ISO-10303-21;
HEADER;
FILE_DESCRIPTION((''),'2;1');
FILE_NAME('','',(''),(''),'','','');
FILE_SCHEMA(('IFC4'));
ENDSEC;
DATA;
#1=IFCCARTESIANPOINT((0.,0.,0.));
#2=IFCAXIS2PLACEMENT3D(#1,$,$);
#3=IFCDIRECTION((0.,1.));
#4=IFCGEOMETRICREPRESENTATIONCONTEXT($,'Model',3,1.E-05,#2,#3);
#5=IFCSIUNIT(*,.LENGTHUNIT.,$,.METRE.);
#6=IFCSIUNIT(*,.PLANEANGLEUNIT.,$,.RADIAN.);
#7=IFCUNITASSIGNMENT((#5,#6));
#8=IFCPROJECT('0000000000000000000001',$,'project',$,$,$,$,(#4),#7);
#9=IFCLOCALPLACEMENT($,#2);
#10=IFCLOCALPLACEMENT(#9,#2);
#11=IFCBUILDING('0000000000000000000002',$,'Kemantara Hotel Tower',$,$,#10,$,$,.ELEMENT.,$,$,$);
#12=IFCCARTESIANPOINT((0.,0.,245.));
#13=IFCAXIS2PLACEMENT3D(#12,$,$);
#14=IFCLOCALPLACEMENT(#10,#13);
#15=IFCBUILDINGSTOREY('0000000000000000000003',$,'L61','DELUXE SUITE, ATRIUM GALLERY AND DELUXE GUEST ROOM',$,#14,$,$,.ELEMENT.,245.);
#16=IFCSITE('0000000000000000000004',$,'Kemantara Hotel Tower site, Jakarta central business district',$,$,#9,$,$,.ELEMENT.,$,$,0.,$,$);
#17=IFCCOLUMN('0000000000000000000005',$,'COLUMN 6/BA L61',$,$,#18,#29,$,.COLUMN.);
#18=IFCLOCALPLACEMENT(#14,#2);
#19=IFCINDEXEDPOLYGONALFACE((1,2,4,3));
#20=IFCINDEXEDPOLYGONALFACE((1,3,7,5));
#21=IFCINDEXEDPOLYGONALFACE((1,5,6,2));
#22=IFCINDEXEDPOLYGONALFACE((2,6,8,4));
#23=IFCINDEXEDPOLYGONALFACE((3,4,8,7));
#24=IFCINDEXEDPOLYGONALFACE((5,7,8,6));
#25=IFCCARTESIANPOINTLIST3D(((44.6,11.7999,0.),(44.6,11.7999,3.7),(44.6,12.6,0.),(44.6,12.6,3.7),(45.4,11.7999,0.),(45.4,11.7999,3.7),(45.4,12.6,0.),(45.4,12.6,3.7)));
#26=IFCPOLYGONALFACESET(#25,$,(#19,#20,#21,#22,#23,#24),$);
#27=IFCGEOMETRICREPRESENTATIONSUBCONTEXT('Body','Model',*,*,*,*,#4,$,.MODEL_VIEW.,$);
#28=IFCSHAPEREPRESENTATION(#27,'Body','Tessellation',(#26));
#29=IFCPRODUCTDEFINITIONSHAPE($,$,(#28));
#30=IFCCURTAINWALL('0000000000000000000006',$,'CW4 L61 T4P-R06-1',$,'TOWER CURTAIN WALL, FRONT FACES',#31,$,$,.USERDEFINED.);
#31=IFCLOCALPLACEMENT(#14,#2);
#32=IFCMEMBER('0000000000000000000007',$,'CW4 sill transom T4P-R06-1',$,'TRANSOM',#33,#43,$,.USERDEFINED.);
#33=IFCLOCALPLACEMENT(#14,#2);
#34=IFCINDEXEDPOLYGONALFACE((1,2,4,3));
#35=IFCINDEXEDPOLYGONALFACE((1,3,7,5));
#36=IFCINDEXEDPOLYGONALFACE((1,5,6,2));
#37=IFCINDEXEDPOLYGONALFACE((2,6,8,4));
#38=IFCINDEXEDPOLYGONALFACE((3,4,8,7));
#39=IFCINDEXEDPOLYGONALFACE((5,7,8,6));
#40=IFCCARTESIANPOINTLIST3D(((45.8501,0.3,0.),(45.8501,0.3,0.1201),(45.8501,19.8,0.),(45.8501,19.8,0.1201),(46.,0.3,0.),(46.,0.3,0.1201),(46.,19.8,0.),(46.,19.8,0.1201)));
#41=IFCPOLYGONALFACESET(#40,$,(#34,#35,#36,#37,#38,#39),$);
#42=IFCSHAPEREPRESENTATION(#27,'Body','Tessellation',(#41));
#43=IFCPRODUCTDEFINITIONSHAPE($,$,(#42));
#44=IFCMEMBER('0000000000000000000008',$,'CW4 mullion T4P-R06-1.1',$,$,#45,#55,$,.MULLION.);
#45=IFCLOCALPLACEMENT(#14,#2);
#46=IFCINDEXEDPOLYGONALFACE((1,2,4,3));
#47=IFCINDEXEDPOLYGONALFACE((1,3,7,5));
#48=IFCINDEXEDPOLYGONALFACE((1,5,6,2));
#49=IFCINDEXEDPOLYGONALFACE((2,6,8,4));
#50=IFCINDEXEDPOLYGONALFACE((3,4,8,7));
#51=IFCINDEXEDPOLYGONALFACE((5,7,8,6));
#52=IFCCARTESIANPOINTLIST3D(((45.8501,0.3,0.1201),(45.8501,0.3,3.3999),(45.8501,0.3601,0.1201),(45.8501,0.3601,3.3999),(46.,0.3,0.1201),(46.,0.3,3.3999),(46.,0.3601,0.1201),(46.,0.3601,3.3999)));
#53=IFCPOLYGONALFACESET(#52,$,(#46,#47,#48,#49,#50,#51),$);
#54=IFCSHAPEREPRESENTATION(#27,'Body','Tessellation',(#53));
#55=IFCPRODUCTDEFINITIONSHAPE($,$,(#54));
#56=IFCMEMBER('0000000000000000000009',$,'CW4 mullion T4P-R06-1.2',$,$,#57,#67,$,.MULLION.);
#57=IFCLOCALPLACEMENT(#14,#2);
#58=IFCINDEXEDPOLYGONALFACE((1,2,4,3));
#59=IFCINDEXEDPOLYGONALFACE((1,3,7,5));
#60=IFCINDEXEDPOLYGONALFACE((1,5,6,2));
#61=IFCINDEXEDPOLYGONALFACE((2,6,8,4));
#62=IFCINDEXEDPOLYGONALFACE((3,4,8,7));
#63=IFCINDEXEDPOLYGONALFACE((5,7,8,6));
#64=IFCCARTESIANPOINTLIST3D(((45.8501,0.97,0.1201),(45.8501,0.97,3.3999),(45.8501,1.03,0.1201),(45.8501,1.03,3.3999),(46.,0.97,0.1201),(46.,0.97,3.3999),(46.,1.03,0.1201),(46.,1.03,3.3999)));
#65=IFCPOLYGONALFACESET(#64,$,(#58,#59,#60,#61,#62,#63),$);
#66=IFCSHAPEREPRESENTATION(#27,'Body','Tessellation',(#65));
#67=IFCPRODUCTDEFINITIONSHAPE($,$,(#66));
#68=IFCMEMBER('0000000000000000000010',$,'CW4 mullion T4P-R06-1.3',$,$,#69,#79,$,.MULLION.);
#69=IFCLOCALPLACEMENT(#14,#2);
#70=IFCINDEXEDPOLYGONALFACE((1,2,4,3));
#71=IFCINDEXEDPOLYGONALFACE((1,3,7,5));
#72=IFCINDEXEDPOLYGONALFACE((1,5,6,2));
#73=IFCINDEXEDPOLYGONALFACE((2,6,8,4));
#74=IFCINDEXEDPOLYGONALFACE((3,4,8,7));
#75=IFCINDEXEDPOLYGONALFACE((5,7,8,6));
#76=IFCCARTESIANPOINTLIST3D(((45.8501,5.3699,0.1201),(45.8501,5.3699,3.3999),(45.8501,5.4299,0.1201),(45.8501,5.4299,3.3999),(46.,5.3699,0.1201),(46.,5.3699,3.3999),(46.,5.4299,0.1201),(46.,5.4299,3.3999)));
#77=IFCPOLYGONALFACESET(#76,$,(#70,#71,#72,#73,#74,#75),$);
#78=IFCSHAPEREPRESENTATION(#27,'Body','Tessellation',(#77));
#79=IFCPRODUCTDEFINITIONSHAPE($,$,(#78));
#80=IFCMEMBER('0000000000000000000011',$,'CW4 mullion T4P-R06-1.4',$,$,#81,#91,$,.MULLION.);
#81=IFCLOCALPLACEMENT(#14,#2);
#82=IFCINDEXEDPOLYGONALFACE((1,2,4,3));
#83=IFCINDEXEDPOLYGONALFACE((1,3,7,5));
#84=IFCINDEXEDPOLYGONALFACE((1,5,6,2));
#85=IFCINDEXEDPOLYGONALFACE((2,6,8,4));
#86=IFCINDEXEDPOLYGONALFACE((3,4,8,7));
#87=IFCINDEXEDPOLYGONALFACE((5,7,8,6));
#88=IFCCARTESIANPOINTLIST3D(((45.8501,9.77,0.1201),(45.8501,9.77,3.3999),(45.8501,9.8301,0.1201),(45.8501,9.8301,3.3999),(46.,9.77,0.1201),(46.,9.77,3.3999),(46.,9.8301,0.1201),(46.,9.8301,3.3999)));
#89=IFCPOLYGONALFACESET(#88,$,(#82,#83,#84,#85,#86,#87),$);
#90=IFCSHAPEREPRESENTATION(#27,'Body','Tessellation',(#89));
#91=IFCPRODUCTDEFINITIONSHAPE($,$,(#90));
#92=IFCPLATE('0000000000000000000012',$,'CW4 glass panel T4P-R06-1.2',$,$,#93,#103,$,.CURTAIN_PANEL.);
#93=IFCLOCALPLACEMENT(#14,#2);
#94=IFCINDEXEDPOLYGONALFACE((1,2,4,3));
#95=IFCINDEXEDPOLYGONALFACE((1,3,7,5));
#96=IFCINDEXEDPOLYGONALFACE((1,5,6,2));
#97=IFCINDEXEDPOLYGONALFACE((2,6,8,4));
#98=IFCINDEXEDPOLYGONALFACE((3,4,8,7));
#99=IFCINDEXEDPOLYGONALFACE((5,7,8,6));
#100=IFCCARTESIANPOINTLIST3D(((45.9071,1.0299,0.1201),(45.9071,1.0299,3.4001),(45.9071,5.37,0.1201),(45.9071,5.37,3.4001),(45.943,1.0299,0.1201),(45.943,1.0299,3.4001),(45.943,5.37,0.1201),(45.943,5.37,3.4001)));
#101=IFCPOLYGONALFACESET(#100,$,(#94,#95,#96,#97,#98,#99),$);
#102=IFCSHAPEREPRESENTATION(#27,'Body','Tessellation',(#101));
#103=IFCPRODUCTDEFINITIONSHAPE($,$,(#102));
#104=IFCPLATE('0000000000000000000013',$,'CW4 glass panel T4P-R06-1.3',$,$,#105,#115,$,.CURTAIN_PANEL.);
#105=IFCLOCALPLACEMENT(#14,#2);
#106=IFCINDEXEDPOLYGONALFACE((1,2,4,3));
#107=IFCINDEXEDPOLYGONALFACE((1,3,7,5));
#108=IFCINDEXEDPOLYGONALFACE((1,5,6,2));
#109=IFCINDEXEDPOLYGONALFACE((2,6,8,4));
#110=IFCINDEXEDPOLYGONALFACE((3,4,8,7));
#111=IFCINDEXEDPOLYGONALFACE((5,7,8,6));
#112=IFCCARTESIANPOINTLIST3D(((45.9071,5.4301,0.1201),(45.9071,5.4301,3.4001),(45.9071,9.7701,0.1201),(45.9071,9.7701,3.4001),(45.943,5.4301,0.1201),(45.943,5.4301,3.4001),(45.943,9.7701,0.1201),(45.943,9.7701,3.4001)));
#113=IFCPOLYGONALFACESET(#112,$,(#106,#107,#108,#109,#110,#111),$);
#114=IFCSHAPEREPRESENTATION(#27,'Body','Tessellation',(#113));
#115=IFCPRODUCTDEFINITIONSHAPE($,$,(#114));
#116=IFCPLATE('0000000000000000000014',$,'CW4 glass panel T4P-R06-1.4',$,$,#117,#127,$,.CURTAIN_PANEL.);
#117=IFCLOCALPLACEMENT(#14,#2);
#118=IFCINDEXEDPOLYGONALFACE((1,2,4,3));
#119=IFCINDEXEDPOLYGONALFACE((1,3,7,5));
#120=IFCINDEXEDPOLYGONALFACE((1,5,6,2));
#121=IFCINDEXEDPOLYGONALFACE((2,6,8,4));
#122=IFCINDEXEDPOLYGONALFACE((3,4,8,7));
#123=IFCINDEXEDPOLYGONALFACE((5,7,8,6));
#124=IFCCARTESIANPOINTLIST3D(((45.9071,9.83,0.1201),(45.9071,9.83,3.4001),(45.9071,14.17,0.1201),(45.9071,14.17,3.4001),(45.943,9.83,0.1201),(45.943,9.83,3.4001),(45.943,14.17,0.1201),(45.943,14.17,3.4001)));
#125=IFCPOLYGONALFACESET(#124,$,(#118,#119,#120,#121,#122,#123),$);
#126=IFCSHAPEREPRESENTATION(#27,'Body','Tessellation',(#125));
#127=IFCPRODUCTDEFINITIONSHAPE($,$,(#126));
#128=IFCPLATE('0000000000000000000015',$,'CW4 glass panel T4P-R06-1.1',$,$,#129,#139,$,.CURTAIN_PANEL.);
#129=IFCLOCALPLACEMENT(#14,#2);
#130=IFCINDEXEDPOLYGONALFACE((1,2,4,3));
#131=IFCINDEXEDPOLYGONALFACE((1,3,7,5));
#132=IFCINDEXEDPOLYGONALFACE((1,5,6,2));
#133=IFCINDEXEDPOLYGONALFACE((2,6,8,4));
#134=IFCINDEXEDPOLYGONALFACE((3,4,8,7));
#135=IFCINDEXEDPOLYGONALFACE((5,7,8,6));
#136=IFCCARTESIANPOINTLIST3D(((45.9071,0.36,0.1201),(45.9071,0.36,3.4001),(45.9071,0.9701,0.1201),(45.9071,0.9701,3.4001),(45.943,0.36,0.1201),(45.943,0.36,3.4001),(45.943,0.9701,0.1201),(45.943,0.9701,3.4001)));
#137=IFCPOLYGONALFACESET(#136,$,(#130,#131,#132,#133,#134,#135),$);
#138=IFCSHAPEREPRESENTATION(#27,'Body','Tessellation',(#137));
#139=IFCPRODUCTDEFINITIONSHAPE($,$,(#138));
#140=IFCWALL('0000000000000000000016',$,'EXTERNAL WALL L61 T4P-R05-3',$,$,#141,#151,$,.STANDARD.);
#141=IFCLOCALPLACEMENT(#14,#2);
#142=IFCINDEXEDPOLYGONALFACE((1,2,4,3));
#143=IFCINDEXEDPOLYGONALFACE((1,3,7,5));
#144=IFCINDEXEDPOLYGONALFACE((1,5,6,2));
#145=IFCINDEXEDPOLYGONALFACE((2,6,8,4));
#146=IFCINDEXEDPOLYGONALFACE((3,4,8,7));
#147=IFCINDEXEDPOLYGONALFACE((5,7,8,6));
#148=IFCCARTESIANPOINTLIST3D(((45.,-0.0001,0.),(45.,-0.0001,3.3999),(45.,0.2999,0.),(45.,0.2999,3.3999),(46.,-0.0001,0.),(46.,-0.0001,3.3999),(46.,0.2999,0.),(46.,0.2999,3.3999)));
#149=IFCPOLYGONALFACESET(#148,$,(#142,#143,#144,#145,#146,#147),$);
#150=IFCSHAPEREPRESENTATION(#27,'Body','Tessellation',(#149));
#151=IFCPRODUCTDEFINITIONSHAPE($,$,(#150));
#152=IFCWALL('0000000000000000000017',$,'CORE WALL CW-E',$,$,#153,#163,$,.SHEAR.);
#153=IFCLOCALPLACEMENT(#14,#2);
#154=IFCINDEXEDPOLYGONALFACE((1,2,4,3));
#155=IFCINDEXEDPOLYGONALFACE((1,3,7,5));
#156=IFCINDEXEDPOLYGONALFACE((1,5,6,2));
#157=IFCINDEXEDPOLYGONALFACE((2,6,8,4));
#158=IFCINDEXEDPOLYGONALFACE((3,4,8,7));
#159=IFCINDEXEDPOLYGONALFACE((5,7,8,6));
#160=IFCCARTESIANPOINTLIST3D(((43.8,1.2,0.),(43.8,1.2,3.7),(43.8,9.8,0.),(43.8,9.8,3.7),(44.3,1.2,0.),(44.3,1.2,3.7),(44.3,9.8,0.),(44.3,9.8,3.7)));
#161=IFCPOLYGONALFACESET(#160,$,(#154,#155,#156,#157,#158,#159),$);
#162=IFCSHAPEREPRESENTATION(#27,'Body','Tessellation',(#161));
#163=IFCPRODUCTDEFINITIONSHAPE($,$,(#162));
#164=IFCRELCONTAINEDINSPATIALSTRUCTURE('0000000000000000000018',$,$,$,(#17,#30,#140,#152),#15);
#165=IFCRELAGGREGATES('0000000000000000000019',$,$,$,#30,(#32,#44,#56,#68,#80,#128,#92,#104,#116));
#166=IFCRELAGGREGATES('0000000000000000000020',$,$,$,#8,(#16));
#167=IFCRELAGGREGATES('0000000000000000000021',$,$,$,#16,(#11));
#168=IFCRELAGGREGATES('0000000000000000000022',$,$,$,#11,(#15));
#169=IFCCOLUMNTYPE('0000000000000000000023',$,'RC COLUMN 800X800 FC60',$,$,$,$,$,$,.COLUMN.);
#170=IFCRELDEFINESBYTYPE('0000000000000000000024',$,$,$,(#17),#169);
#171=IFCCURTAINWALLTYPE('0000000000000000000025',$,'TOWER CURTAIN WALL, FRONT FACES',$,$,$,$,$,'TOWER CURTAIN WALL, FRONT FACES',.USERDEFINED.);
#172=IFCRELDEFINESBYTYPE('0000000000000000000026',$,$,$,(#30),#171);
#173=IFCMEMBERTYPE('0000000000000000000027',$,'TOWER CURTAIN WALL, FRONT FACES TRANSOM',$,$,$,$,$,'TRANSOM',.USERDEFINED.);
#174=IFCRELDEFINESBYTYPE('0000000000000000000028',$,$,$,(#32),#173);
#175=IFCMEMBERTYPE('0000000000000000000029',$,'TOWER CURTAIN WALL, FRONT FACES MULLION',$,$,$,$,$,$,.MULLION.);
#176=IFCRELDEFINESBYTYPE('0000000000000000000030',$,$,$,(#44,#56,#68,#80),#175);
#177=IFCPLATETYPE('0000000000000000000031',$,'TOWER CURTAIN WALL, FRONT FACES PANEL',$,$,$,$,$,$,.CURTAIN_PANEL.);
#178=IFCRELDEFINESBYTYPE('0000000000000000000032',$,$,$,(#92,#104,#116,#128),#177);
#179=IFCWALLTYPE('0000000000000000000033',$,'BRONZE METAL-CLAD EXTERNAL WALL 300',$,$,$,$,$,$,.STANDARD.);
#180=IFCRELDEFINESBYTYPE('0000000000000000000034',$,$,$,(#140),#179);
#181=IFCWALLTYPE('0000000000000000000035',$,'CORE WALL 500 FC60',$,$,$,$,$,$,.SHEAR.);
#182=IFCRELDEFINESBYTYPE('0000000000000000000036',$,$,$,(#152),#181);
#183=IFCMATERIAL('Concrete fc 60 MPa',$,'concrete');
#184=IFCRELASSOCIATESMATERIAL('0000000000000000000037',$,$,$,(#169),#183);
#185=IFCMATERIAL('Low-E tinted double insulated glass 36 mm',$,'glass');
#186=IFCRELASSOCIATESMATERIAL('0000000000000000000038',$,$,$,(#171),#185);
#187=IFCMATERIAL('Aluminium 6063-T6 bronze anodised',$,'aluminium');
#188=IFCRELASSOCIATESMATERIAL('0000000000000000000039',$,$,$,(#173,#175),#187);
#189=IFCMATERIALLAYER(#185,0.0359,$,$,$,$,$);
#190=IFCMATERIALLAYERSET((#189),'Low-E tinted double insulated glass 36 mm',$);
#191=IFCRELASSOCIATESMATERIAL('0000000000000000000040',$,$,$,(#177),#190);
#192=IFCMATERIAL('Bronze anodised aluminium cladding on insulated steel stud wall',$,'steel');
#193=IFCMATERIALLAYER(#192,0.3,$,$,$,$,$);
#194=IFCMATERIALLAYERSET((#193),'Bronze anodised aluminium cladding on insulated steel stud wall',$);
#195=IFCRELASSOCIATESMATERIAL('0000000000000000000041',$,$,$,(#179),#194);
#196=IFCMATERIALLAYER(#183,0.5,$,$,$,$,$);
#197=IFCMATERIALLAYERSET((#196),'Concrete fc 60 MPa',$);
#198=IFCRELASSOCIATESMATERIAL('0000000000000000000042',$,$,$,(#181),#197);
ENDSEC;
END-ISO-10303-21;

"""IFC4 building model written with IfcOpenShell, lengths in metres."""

from ifc_helpers import new_model, si_unit, direction, frame, frame_2d, origin, origin_2d, place, context, subcontext, project, spatial, rectangle, extrude, source, transform, mapped, material, layer, layer_set, material_profile, profile_set, type_object, element, aggregate, save


model = new_model("IFC4")

# Units and contexts
model_context = context("Model", 3, precision=1e-05, world=origin(), true_north=direction((0.0, 1.0)))
body_context = subcontext(model_context, "Body", "Model", "MODEL_VIEW")
ifc_project = project(units=[si_unit("LENGTHUNIT", "METRE"), si_unit("PLANEANGLEUNIT", "RADIAN")], contexts=[model_context])

# Site, building, storey
site_placement = place(None, origin())
site = spatial("IfcSite", under=ifc_project, at=site_placement, Name="Kemantara Hotel Tower site, Jakarta central business district", CompositionType="ELEMENT", RefElevation=0.0)
building_placement = place(site_placement, origin())
building = spatial("IfcBuilding", under=site, at=building_placement, Name="Kemantara Hotel Tower", CompositionType="ELEMENT")
storey_placement = place(building_placement, frame((0.0, 0.0, 245.0)))
storey = spatial("IfcBuildingStorey", under=building, at=storey_placement, Name="L61", Description="DELUXE SUITE, ATRIUM GALLERY AND DELUXE GUEST ROOM", CompositionType="ELEMENT", Elevation=245.0)

# Column
ifc_material_1 = material(Name="Concrete fc 60 MPa", Category="concrete")
ifc_material_profile_1 = material_profile(ifc_material_1, rectangle(XDim=0.8, YDim=0.8, at=origin_2d()), Name="RC 800X800")
ifc_profile_set_1 = profile_set([ifc_material_profile_1], Name="Concrete fc 60 MPa")
column_type = type_object("IfcColumnType", Name="RC COLUMN 800X800 FC60", PredefinedType="COLUMN", material=ifc_profile_set_1)
column_placement = place(storey_placement, frame((45.0, 12.2, 0.0), z_axis=(0.0, 0.0, 1.0), x_axis=(1.0, 0.0, 0.0)))
element("IfcColumn", 1, at=column_placement, inside=storey, type_object=column_type, Name="COLUMN 6/BA L61", PredefinedType="COLUMN", context=body_context, shape_type="SweptSolid", body=[
    extrude(rectangle(XDim=0.8, YDim=0.8, at=origin_2d()), origin(), (0.0, 0.0, 1.0), 3.7),
])

# Curtain wall, members, plates
ifc_material_2 = material(Name="Low-E tinted double insulated glass 36 mm", Category="glass")
curtain_wall_type = type_object("IfcCurtainWallType", Name="TOWER CURTAIN WALL, FRONT FACES", ElementType="TOWER CURTAIN WALL, FRONT FACES", PredefinedType="USERDEFINED", material=ifc_material_2)
curtain_wall_placement = place(storey_placement, origin())
curtain_wall = element("IfcCurtainWall", 2, at=curtain_wall_placement, inside=storey, type_object=curtain_wall_type, Name="CW4 L61 T4P-R06-1", ObjectType="TOWER CURTAIN WALL, FRONT FACES", PredefinedType="USERDEFINED")
ifc_material_3 = material(Name="Aluminium 6063-T6 bronze anodised", Category="aluminium")
ifc_material_profile_2 = material_profile(ifc_material_3, rectangle(XDim=0.1499, YDim=0.1201, at=origin_2d()), Name="TOWER CURTAIN WALL, FRONT FACES TRANSOM")
ifc_profile_set_2 = profile_set([ifc_material_profile_2], Name="Aluminium 6063-T6 bronze anodised")
member_type_1 = type_object("IfcMemberType", Name="TOWER CURTAIN WALL, FRONT FACES TRANSOM", ElementType="TRANSOM", PredefinedType="USERDEFINED", material=ifc_profile_set_2)
member_1_placement = place(storey_placement, frame((45.925, 0.3, 0.0601), z_axis=(0.0, 1.0, 0.0), x_axis=(-1.0, 0.0, 0.0)))
member_1 = element("IfcMember", 3, at=member_1_placement, type_object=member_type_1, Name="CW4 sill transom T4P-R06-1", ObjectType="TRANSOM", PredefinedType="USERDEFINED", context=body_context, shape_type="SweptSolid", body=[
    extrude(rectangle(XDim=0.1499, YDim=0.1201, at=origin_2d()), origin(), (0.0, 0.0, 1.0), 19.5),
])
ifc_material_profile_3 = material_profile(ifc_material_3, rectangle(XDim=0.1499, YDim=0.0601, at=origin_2d()), Name="TOWER CURTAIN WALL, FRONT FACES MULLION")
ifc_profile_set_3 = profile_set([ifc_material_profile_3], Name="Aluminium 6063-T6 bronze anodised")
member_type_2 = type_object("IfcMemberType", Name="TOWER CURTAIN WALL, FRONT FACES MULLION", PredefinedType="MULLION", material=ifc_profile_set_3)
shared_shape_1 = source(origin(), body_context, "Body", "SweptSolid", [
    extrude(rectangle(XDim=0.1499, YDim=0.0601, at=origin_2d()), origin(), (0.0, 0.0, 1.0), 3.2798),
])
member_2_placement = place(storey_placement, frame((45.925, 0.3301, 0.1201), z_axis=(0.0, 0.0, 1.0), x_axis=(-1.0, 0.0, 0.0)))
member_2 = element("IfcMember", 4, at=member_2_placement, type_object=member_type_2, Name="CW4 mullion T4P-R06-1.1", PredefinedType="MULLION", context=body_context, shape_type="MappedRepresentation", body=[
    mapped(shared_shape_1, transform((0.0, 0.0, 0.0))),
])
member_3_placement = place(storey_placement, frame((45.925, 1.0, 0.1201), z_axis=(0.0, 0.0, 1.0), x_axis=(-1.0, 0.0, 0.0)))
member_3 = element("IfcMember", 5, at=member_3_placement, type_object=member_type_2, Name="CW4 mullion T4P-R06-1.2", PredefinedType="MULLION", context=body_context, shape_type="MappedRepresentation", body=[
    mapped(shared_shape_1, transform((0.0, 0.0, 0.0))),
])
member_4_placement = place(storey_placement, frame((45.925, 5.3999, 0.1201), z_axis=(0.0, 0.0, 1.0), x_axis=(-1.0, 0.0, 0.0)))
member_4 = element("IfcMember", 6, at=member_4_placement, type_object=member_type_2, Name="CW4 mullion T4P-R06-1.3", PredefinedType="MULLION", context=body_context, shape_type="MappedRepresentation", body=[
    mapped(shared_shape_1, transform((0.0, 0.0, 0.0))),
])
member_5_placement = place(storey_placement, frame((45.925, 9.8, 0.1201), z_axis=(0.0, 0.0, 1.0), x_axis=(-1.0, 0.0, 0.0)))
member_5 = element("IfcMember", 7, at=member_5_placement, type_object=member_type_2, Name="CW4 mullion T4P-R06-1.4", PredefinedType="MULLION", context=body_context, shape_type="MappedRepresentation", body=[
    mapped(shared_shape_1, transform((0.0, 0.0, 0.0))),
])
ifc_layer_1 = layer(ifc_material_2, 0.0359)
ifc_layer_set_1 = layer_set([ifc_layer_1], Name="Low-E tinted double insulated glass 36 mm")
plate_type = type_object("IfcPlateType", Name="TOWER CURTAIN WALL, FRONT FACES PANEL", PredefinedType="CURTAIN_PANEL", material=ifc_layer_set_1)
shared_shape_2 = source(origin(), body_context, "Body", "SweptSolid", [
    extrude(rectangle(XDim=4.3401, YDim=0.0359, at=origin_2d()), origin(), (0.0, 0.0, 1.0), 3.28),
])
plate_1_placement = place(storey_placement, frame((45.925, 3.2, 0.1201), z_axis=(0.0, 0.0, 1.0), x_axis=(0.0, 1.0, 0.0)))
plate_1 = element("IfcPlate", 8, at=plate_1_placement, type_object=plate_type, Name="CW4 glass panel T4P-R06-1.2", PredefinedType="CURTAIN_PANEL", context=body_context, shape_type="MappedRepresentation", body=[
    mapped(shared_shape_2, transform((0.0, 0.0, 0.0))),
])
plate_2_placement = place(storey_placement, frame((45.925, 7.6001, 0.1201), z_axis=(0.0, 0.0, 1.0), x_axis=(0.0, 1.0, 0.0)))
plate_2 = element("IfcPlate", 9, at=plate_2_placement, type_object=plate_type, Name="CW4 glass panel T4P-R06-1.3", PredefinedType="CURTAIN_PANEL", context=body_context, shape_type="MappedRepresentation", body=[
    mapped(shared_shape_2, transform((0.0, 0.0, 0.0))),
])
plate_3_placement = place(storey_placement, frame((45.925, 12.0, 0.1201), z_axis=(0.0, 0.0, 1.0), x_axis=(0.0, 1.0, 0.0)))
plate_3 = element("IfcPlate", 10, at=plate_3_placement, type_object=plate_type, Name="CW4 glass panel T4P-R06-1.4", PredefinedType="CURTAIN_PANEL", context=body_context, shape_type="MappedRepresentation", body=[
    mapped(shared_shape_2, transform((0.0, 0.0, 0.0))),
])
shared_shape_3 = source(origin(), body_context, "Body", "SweptSolid", [
    extrude(rectangle(XDim=0.6101, YDim=0.0359, at=origin_2d()), origin(), (0.0, 0.0, 1.0), 3.28),
])
plate_4_placement = place(storey_placement, frame((45.925, 0.665, 0.1201), z_axis=(0.0, 0.0, 1.0), x_axis=(0.0, 1.0, 0.0)))
plate_4 = element("IfcPlate", 11, at=plate_4_placement, type_object=plate_type, Name="CW4 glass panel T4P-R06-1.1", PredefinedType="CURTAIN_PANEL", context=body_context, shape_type="MappedRepresentation", body=[
    mapped(shared_shape_3, transform((0.0, 0.0, 0.0))),
])
aggregate(curtain_wall, [member_1, member_2, member_3, member_4, member_5, plate_4, plate_1, plate_2, plate_3])

# Walls
ifc_material_4 = material(Name="Bronze anodised aluminium cladding on insulated steel stud wall", Category="steel")
ifc_layer_2 = layer(ifc_material_4, 0.3)
ifc_layer_set_2 = layer_set([ifc_layer_2], Name="Bronze anodised aluminium cladding on insulated steel stud wall")
wall_type_1 = type_object("IfcWallType", Name="BRONZE METAL-CLAD EXTERNAL WALL 300", PredefinedType="STANDARD", material=ifc_layer_set_2)
wall_1_placement = place(storey_placement, frame((45.0, 0.1499, 0.0), z_axis=(0.0, 0.0, 1.0), x_axis=(1.0, 0.0, 0.0)))
element("IfcWall", 12, at=wall_1_placement, inside=storey, type_object=wall_type_1, Name="EXTERNAL WALL L61 T4P-R05-3", PredefinedType="STANDARD", context=body_context, shape_type="SweptSolid", body=[
    extrude(rectangle(XDim=1.0, YDim=0.3, at=frame_2d((0.5, 0.0))), origin(), (0.0, 0.0, 1.0), 3.3999),
])
ifc_layer_3 = layer(ifc_material_1, 0.5)
ifc_layer_set_3 = layer_set([ifc_layer_3], Name="Concrete fc 60 MPa")
wall_type_2 = type_object("IfcWallType", Name="CORE WALL 500 FC60", PredefinedType="SHEAR", material=ifc_layer_set_3)
wall_2_placement = place(storey_placement, frame((44.05, 1.2, 0.0), z_axis=(0.0, 0.0, 1.0), x_axis=(0.0, 1.0, 0.0)))
element("IfcWall", 13, at=wall_2_placement, inside=storey, type_object=wall_type_2, Name="CORE WALL CW-E", PredefinedType="SHEAR", context=body_context, shape_type="SweptSolid", body=[
    extrude(rectangle(XDim=8.6001, YDim=0.5, at=frame_2d((4.3, 0.0))), origin(), (0.0, 0.0, 1.0), 3.7),
])

save(model, "model.ifc")
